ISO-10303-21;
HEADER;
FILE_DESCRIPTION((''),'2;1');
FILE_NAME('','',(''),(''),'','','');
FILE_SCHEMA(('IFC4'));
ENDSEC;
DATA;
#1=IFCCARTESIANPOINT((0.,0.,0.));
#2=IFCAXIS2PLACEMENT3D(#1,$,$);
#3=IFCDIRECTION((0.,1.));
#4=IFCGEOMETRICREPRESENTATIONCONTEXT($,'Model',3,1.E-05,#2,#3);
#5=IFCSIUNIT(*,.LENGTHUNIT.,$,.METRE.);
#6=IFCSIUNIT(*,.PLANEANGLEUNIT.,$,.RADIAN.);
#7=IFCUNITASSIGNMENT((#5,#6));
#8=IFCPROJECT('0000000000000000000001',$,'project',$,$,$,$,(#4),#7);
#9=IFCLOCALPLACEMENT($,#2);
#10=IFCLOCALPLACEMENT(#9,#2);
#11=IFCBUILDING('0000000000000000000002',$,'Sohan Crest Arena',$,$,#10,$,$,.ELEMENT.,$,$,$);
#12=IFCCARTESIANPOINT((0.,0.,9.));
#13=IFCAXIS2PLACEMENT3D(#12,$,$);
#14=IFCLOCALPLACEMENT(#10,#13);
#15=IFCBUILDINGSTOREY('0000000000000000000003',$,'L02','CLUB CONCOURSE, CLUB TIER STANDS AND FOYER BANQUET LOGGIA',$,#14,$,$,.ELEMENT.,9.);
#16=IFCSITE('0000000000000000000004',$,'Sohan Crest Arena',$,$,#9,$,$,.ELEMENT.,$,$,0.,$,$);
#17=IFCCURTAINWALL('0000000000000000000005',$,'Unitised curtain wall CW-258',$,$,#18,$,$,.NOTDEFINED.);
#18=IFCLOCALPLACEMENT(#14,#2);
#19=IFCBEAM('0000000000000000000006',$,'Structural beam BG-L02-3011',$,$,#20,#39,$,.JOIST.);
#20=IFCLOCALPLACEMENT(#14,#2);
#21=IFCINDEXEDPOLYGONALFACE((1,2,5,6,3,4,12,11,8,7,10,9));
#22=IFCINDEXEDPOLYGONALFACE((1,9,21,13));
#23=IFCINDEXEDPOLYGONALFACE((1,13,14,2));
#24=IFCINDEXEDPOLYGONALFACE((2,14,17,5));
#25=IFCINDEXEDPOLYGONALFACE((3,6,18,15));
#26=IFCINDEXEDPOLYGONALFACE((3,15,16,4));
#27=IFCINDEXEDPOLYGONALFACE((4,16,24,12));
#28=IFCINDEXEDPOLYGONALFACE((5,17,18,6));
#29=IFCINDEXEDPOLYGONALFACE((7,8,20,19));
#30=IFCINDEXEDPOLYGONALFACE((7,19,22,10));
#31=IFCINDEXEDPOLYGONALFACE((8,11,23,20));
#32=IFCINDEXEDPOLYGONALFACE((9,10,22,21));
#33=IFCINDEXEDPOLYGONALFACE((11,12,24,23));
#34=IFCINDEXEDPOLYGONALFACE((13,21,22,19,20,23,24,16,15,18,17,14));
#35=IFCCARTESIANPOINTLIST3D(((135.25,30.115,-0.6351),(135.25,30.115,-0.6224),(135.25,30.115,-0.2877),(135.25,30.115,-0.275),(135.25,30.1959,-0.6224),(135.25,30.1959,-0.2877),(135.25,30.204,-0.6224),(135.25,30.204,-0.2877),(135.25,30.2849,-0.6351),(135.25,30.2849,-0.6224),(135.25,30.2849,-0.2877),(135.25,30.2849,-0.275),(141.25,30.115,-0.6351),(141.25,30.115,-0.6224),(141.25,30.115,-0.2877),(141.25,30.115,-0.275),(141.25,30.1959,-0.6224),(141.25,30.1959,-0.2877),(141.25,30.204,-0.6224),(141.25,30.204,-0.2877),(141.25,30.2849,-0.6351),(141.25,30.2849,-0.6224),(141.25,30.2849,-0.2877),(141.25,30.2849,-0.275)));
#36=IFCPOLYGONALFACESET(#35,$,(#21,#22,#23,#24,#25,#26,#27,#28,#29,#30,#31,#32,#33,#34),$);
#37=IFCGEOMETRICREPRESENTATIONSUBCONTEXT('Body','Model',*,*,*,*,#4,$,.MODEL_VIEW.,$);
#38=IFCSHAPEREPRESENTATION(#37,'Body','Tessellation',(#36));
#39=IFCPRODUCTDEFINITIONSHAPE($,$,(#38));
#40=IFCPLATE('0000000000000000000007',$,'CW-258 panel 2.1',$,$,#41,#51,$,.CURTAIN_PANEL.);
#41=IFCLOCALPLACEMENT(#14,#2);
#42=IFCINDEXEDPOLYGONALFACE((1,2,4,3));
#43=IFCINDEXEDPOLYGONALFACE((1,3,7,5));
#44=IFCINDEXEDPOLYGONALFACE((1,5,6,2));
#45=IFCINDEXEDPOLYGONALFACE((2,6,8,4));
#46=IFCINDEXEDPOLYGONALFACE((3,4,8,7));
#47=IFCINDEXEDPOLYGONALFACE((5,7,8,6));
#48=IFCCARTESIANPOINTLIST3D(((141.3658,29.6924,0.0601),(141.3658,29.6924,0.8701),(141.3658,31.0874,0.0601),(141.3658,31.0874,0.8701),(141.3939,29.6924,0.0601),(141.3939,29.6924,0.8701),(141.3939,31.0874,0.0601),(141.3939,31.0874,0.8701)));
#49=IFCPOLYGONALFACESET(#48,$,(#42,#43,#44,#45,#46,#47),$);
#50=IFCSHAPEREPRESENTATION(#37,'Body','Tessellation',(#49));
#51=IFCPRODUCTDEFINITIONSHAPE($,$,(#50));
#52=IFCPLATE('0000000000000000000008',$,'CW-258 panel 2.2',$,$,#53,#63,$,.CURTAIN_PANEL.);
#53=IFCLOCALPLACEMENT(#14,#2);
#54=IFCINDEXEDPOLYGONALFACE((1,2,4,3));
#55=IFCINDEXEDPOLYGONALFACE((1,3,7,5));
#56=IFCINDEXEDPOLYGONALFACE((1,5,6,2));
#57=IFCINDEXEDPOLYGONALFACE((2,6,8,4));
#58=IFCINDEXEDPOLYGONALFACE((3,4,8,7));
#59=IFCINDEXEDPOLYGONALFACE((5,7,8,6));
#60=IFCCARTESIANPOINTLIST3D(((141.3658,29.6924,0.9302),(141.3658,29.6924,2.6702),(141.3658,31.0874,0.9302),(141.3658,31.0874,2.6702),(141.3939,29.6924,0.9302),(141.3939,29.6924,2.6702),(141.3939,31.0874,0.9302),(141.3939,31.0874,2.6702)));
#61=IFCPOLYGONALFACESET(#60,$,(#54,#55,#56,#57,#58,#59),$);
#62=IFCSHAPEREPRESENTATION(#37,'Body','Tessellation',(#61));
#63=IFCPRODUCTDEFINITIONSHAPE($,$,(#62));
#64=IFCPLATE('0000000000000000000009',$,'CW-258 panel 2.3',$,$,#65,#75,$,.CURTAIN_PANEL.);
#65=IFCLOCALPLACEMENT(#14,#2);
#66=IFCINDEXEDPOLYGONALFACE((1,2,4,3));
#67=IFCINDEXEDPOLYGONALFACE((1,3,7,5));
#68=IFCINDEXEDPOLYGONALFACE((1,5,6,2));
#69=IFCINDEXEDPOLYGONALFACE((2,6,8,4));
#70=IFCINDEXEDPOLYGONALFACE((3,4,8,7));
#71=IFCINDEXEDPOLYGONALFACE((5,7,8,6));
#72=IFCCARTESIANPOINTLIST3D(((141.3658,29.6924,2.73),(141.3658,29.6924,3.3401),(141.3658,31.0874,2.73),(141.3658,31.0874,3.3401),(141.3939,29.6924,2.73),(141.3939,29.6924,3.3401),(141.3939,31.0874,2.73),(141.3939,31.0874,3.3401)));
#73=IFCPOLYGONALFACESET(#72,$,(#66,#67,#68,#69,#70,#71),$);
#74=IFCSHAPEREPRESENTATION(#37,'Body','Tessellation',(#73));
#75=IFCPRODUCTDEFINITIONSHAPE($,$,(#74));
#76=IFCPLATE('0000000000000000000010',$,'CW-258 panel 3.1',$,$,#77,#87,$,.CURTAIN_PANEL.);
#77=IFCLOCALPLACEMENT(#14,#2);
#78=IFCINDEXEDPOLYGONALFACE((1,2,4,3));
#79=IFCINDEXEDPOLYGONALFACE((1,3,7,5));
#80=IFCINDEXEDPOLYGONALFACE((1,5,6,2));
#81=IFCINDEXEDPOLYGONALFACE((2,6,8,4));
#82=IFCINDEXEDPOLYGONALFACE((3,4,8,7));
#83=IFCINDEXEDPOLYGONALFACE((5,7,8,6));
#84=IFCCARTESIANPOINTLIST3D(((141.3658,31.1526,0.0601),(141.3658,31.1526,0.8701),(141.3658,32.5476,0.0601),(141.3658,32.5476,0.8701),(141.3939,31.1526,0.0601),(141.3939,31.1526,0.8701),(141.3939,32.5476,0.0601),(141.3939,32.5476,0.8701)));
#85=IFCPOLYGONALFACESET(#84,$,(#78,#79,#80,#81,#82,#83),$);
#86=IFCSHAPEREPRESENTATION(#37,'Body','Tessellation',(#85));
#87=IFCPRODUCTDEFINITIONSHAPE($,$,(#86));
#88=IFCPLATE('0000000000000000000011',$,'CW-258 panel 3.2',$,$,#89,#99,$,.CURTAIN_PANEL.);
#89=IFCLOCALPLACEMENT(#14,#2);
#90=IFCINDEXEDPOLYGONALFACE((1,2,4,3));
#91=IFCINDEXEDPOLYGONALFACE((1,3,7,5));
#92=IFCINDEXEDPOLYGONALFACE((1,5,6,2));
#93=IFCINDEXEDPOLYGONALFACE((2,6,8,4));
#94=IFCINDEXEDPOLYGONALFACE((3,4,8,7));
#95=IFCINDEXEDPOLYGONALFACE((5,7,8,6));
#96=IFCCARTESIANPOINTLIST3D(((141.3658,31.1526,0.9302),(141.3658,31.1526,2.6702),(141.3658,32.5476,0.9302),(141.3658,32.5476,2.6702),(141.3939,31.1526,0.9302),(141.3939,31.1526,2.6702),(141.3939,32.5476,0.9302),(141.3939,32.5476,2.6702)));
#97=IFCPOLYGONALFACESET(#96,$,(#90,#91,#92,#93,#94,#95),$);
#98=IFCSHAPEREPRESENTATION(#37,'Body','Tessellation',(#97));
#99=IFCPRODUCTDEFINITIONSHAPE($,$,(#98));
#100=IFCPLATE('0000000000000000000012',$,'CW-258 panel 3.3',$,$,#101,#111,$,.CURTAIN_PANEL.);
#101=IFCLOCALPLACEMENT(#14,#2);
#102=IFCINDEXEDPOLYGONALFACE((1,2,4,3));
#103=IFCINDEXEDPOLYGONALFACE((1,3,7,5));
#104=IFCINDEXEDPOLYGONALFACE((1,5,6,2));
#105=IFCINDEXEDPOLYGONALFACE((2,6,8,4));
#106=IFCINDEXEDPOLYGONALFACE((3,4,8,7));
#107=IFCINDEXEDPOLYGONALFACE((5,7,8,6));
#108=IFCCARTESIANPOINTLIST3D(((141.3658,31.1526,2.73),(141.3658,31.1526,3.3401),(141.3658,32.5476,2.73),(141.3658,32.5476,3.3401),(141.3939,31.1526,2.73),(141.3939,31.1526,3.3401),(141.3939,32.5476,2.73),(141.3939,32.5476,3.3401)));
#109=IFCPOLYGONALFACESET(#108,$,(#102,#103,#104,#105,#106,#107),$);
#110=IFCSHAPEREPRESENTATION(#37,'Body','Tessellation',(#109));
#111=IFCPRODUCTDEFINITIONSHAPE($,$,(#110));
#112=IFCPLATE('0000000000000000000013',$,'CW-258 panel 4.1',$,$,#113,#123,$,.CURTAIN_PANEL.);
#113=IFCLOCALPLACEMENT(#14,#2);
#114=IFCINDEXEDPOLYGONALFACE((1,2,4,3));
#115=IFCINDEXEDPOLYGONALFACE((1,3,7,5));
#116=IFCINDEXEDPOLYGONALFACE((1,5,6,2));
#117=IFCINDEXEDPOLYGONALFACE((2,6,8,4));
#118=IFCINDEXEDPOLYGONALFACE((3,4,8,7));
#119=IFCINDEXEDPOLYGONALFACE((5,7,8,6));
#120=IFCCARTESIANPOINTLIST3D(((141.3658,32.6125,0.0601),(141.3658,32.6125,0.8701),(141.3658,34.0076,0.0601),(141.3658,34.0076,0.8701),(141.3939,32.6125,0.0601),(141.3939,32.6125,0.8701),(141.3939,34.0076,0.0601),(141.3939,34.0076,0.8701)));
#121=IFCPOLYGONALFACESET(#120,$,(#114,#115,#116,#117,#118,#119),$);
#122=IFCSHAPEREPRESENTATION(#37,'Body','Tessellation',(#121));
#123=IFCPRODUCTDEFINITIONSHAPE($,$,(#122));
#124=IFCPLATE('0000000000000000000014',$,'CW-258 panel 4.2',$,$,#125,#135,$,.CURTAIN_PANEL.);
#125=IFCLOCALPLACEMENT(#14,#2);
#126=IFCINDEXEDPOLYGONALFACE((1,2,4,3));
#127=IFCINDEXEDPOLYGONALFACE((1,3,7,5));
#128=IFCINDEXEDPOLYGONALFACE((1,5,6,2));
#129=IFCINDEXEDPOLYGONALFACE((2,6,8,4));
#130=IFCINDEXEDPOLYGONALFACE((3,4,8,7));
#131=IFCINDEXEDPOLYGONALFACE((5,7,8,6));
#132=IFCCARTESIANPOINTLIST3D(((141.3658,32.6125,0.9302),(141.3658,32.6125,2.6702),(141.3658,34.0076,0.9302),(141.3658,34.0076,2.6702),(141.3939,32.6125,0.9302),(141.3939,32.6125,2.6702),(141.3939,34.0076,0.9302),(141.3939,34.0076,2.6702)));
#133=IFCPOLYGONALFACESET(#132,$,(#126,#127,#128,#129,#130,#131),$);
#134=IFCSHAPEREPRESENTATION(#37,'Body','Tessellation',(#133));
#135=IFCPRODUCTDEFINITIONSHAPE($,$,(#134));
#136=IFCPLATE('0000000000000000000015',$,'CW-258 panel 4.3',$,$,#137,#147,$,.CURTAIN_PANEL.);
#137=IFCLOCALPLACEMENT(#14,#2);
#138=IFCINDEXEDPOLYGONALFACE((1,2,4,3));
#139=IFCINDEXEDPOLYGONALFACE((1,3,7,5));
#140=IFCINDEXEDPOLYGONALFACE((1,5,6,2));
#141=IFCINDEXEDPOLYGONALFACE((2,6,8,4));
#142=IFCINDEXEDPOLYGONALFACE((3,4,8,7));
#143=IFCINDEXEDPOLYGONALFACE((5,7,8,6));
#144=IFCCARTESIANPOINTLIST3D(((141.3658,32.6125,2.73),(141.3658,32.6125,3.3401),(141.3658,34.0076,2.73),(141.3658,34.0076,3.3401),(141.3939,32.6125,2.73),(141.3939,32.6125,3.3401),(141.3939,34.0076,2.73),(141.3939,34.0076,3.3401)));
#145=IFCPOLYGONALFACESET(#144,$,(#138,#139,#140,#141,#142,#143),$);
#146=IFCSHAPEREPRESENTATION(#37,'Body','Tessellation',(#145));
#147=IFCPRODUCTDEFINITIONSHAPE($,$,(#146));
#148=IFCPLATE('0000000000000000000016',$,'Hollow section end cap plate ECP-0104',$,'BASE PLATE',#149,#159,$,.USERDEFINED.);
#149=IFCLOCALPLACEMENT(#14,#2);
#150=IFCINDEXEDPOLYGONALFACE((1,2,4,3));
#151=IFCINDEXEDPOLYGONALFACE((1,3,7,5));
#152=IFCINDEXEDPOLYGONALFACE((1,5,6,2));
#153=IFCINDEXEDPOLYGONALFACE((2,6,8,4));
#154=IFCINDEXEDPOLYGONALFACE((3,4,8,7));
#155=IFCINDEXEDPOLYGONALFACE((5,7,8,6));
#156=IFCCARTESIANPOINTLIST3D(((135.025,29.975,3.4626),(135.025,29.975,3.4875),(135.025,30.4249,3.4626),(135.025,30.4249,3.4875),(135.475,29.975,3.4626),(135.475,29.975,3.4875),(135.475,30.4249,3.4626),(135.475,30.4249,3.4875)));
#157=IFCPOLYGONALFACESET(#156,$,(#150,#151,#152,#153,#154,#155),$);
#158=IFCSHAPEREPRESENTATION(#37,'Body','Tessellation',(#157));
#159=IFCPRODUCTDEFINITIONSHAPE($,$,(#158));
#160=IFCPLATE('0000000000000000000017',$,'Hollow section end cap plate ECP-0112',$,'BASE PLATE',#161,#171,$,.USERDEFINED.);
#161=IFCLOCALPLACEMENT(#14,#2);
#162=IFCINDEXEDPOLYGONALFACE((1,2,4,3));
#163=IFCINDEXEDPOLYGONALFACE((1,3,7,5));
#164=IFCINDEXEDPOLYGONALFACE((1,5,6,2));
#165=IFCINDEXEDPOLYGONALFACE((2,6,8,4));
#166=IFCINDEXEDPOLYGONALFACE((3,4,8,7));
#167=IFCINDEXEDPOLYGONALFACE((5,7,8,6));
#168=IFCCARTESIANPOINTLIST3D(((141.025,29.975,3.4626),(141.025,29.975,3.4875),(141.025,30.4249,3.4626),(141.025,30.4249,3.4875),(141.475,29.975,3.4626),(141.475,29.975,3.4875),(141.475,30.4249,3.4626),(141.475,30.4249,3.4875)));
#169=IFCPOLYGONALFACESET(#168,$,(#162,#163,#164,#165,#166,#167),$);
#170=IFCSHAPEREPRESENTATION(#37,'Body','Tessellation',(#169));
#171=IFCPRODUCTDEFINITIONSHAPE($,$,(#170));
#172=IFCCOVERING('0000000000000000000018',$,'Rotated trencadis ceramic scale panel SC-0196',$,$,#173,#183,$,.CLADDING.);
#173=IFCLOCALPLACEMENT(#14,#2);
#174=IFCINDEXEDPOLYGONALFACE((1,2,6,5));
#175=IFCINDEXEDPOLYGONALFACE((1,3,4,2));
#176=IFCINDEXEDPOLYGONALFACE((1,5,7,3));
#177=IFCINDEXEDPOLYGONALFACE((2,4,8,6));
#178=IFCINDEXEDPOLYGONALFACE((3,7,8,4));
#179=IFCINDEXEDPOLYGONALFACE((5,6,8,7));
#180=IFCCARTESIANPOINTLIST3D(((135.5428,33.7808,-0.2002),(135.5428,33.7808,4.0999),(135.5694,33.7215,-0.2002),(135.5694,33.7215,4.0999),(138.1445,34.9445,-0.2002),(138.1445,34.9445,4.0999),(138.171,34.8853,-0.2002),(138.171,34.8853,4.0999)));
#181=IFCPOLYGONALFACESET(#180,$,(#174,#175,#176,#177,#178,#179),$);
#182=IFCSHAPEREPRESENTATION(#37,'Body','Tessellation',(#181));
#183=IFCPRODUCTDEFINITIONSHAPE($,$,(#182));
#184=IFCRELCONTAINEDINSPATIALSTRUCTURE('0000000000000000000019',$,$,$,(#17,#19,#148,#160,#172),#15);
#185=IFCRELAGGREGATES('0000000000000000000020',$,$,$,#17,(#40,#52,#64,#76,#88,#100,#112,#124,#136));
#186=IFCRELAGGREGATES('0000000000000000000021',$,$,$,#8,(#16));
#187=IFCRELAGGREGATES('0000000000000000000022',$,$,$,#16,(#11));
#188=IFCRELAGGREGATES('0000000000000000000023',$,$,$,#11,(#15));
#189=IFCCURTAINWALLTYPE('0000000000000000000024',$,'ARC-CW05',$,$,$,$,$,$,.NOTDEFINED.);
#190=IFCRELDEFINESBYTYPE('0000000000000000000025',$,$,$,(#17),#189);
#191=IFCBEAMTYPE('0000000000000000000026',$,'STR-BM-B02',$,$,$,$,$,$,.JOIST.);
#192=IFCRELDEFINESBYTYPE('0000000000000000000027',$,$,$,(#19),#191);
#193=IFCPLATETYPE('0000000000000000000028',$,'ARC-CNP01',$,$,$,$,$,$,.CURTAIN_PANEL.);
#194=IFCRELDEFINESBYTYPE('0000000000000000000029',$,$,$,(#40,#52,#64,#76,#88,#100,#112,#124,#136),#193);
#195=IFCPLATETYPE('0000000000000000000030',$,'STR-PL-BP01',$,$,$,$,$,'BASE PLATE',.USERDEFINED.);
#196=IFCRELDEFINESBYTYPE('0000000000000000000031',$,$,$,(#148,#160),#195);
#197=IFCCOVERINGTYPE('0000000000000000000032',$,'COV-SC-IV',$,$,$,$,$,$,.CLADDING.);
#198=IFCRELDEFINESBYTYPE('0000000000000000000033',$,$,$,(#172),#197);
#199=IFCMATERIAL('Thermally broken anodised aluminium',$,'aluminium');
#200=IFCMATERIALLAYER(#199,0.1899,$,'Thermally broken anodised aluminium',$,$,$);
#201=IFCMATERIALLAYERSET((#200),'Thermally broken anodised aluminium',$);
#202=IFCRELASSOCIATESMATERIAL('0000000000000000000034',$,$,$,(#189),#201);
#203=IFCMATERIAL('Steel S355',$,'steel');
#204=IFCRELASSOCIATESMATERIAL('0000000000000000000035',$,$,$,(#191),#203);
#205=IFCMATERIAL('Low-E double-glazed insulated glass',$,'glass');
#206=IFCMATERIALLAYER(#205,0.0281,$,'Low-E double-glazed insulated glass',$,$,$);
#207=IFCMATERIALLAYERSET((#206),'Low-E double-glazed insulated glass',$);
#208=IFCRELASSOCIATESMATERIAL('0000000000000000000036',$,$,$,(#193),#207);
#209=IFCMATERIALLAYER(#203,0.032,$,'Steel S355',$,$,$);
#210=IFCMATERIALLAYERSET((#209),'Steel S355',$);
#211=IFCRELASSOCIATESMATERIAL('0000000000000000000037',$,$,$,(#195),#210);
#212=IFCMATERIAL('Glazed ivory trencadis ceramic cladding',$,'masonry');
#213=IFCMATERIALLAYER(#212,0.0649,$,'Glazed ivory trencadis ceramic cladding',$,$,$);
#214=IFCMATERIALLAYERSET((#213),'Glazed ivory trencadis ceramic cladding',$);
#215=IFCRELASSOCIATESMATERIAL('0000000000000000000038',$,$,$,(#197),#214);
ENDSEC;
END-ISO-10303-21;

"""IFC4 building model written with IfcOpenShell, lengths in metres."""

from ifc_helpers import new_model, si_unit, direction, frame, origin, origin_2d, place, context, subcontext, project, spatial, rectangle, i_section, extrude, material, layer, layer_set, material_profile, profile_set, type_object, element, aggregate, save


model = new_model("IFC4")

# Units and contexts
model_context = context("Model", 3, precision=1e-05, world=origin(), true_north=direction((0.0, 1.0)))
body_context = subcontext(model_context, "Body", "Model", "MODEL_VIEW")
ifc_project = project(units=[si_unit("LENGTHUNIT", "METRE"), si_unit("PLANEANGLEUNIT", "RADIAN")], contexts=[model_context])

# Site, building, storey
site_placement = place(None, origin())
site = spatial("IfcSite", under=ifc_project, at=site_placement, Name="Sohan Crest Arena", CompositionType="ELEMENT", RefElevation=0.0)
building_placement = place(site_placement, origin())
building = spatial("IfcBuilding", under=site, at=building_placement, Name="Sohan Crest Arena", CompositionType="ELEMENT")
storey_placement = place(building_placement, frame((0.0, 0.0, 9.0)))
storey = spatial("IfcBuildingStorey", under=building, at=storey_placement, Name="L02", Description="CLUB CONCOURSE, CLUB TIER STANDS AND FOYER BANQUET LOGGIA", CompositionType="ELEMENT", Elevation=9.0)

# Shared definitions
ifc_material_1 = material(Name="Steel S355", Category="steel")

# Curtain wall
ifc_material_2 = material(Name="Thermally broken anodised aluminium", Category="aluminium")
ifc_layer_1 = layer(ifc_material_2, 0.1899, Name="Thermally broken anodised aluminium")
ifc_layer_set_1 = layer_set([ifc_layer_1], Name="Thermally broken anodised aluminium")
curtain_wall_type = type_object("IfcCurtainWallType", Name="ARC-CW05", PredefinedType="NOTDEFINED", material=ifc_layer_set_1)
curtain_wall_1_placement = place(storey_placement, origin())
curtain_wall_1 = element("IfcCurtainWall", 1, at=curtain_wall_1_placement, inside=storey, type_object=curtain_wall_type, Name="Unitised curtain wall CW-258", PredefinedType="NOTDEFINED")

# Beam
ifc_material_profile_1 = material_profile(ifc_material_1, i_section(OverallWidth=0.1699, OverallDepth=0.3601, WebThickness=0.0081, FlangeThickness=0.0127, at=origin_2d()), Name="IPE 360")
ifc_profile_set_1 = profile_set([ifc_material_profile_1], Name="Steel S355")
beam_type_1 = type_object("IfcBeamType", Name="STR-BM-B02", PredefinedType="JOIST", material=ifc_profile_set_1)
beam_1_placement = place(storey_placement, frame((135.25, 30.2, -0.4551), z_axis=(1.0, 0.0, 0.0), x_axis=(0.0, 1.0, 0.0)))
element("IfcBeam", 2, at=beam_1_placement, inside=storey, type_object=beam_type_1, Name="Structural beam BG-L02-3011", PredefinedType="JOIST", context=body_context, shape_type="SweptSolid", body=[
    extrude(i_section(OverallWidth=0.1699, OverallDepth=0.3601, WebThickness=0.0081, FlangeThickness=0.0127, at=origin_2d()), origin(), (0.0, 0.0, 1.0), 6.0),
])

# Plates
ifc_material_3 = material(Name="Low-E double-glazed insulated glass", Category="glass")
ifc_layer_2 = layer(ifc_material_3, 0.0281, Name="Low-E double-glazed insulated glass")
ifc_layer_set_2 = layer_set([ifc_layer_2], Name="Low-E double-glazed insulated glass")
plate_type_1 = type_object("IfcPlateType", Name="ARC-CNP01", PredefinedType="CURTAIN_PANEL", material=ifc_layer_set_2)
plate_1_placement = place(storey_placement, frame((141.3799, 30.3899, 0.0601), z_axis=(0.0, 0.0, 1.0), x_axis=(0.0, 1.0, 0.0)))
plate_1 = element("IfcPlate", 3, at=plate_1_placement, type_object=plate_type_1, Name="CW-258 panel 2.1", PredefinedType="CURTAIN_PANEL", context=body_context, shape_type="SweptSolid", body=[
    extrude(rectangle(XDim=1.395, YDim=0.0281, at=origin_2d()), origin(), (0.0, 0.0, 1.0), 0.8101),
])
plate_2_placement = place(storey_placement, frame((141.3799, 30.3899, 0.9302), z_axis=(0.0, 0.0, 1.0), x_axis=(0.0, 1.0, 0.0)))
plate_2 = element("IfcPlate", 4, at=plate_2_placement, type_object=plate_type_1, Name="CW-258 panel 2.2", PredefinedType="CURTAIN_PANEL", context=body_context, shape_type="SweptSolid", body=[
    extrude(rectangle(XDim=1.395, YDim=0.0281, at=origin_2d()), origin(), (0.0, 0.0, 1.0), 1.74),
])
plate_3_placement = place(storey_placement, frame((141.3799, 30.3899, 2.73), z_axis=(0.0, 0.0, 1.0), x_axis=(0.0, 1.0, 0.0)))
plate_3 = element("IfcPlate", 5, at=plate_3_placement, type_object=plate_type_1, Name="CW-258 panel 2.3", PredefinedType="CURTAIN_PANEL", context=body_context, shape_type="SweptSolid", body=[
    extrude(rectangle(XDim=1.395, YDim=0.0281, at=origin_2d()), origin(), (0.0, 0.0, 1.0), 0.6101),
])
plate_4_placement = place(storey_placement, frame((141.3799, 31.8501, 0.0601), z_axis=(0.0, 0.0, 1.0), x_axis=(0.0, 1.0, 0.0)))
plate_4 = element("IfcPlate", 6, at=plate_4_placement, type_object=plate_type_1, Name="CW-258 panel 3.1", PredefinedType="CURTAIN_PANEL", context=body_context, shape_type="SweptSolid", body=[
    extrude(rectangle(XDim=1.395, YDim=0.0281, at=origin_2d()), origin(), (0.0, 0.0, 1.0), 0.8101),
])
plate_5_placement = place(storey_placement, frame((141.3799, 31.8501, 0.9302), z_axis=(0.0, 0.0, 1.0), x_axis=(0.0, 1.0, 0.0)))
plate_5 = element("IfcPlate", 7, at=plate_5_placement, type_object=plate_type_1, Name="CW-258 panel 3.2", PredefinedType="CURTAIN_PANEL", context=body_context, shape_type="SweptSolid", body=[
    extrude(rectangle(XDim=1.395, YDim=0.0281, at=origin_2d()), origin(), (0.0, 0.0, 1.0), 1.74),
])
plate_6_placement = place(storey_placement, frame((141.3799, 31.8501, 2.73), z_axis=(0.0, 0.0, 1.0), x_axis=(0.0, 1.0, 0.0)))
plate_6 = element("IfcPlate", 8, at=plate_6_placement, type_object=plate_type_1, Name="CW-258 panel 3.3", PredefinedType="CURTAIN_PANEL", context=body_context, shape_type="SweptSolid", body=[
    extrude(rectangle(XDim=1.395, YDim=0.0281, at=origin_2d()), origin(), (0.0, 0.0, 1.0), 0.6101),
])
plate_7_placement = place(storey_placement, frame((141.3799, 33.3101, 0.0601), z_axis=(0.0, 0.0, 1.0), x_axis=(0.0, 1.0, 0.0)))
plate_7 = element("IfcPlate", 9, at=plate_7_placement, type_object=plate_type_1, Name="CW-258 panel 4.1", PredefinedType="CURTAIN_PANEL", context=body_context, shape_type="SweptSolid", body=[
    extrude(rectangle(XDim=1.395, YDim=0.0281, at=origin_2d()), origin(), (0.0, 0.0, 1.0), 0.8101),
])
plate_8_placement = place(storey_placement, frame((141.3799, 33.3101, 0.9302), z_axis=(0.0, 0.0, 1.0), x_axis=(0.0, 1.0, 0.0)))
plate_8 = element("IfcPlate", 10, at=plate_8_placement, type_object=plate_type_1, Name="CW-258 panel 4.2", PredefinedType="CURTAIN_PANEL", context=body_context, shape_type="SweptSolid", body=[
    extrude(rectangle(XDim=1.395, YDim=0.0281, at=origin_2d()), origin(), (0.0, 0.0, 1.0), 1.74),
])
plate_9_placement = place(storey_placement, frame((141.3799, 33.3101, 2.73), z_axis=(0.0, 0.0, 1.0), x_axis=(0.0, 1.0, 0.0)))
plate_9 = element("IfcPlate", 11, at=plate_9_placement, type_object=plate_type_1, Name="CW-258 panel 4.3", PredefinedType="CURTAIN_PANEL", context=body_context, shape_type="SweptSolid", body=[
    extrude(rectangle(XDim=1.395, YDim=0.0281, at=origin_2d()), origin(), (0.0, 0.0, 1.0), 0.6101),
])
aggregate(curtain_wall_1, [plate_1, plate_2, plate_3, plate_4, plate_5, plate_6, plate_7, plate_8, plate_9])

# Plates
ifc_layer_3 = layer(ifc_material_1, 0.032, Name="Steel S355")
ifc_layer_set_3 = layer_set([ifc_layer_3], Name="Steel S355")
plate_type_2 = type_object("IfcPlateType", Name="STR-PL-BP01", ElementType="BASE PLATE", PredefinedType="USERDEFINED", material=ifc_layer_set_3)
for number, where, z_axis, x_axis, name in (
    (12, (135.25, 30.2, 3.4626), (0.0, 0.0, 1.0), (1.0, 0.0, 0.0), "Hollow section end cap plate ECP-0104"),
    (13, (141.25, 30.2, 3.4626), (0.0, 0.0, 1.0), (1.0, 0.0, 0.0), "Hollow section end cap plate ECP-0112"),
):
    element("IfcPlate", number, at=place(storey_placement, frame(where, z_axis=z_axis, x_axis=x_axis)), inside=storey, type_object=plate_type_2, Name=name, ObjectType="BASE PLATE", PredefinedType="USERDEFINED", context=body_context, shape_type="SweptSolid", body=[
        extrude(rectangle(XDim=0.45, YDim=0.45, at=origin_2d()), origin(), (0.0, 0.0, 1.0), 0.0249),
    ])

# Covering
ifc_material_4 = material(Name="Glazed ivory trencadis ceramic cladding", Category="masonry")
ifc_layer_4 = layer(ifc_material_4, 0.0649, Name="Glazed ivory trencadis ceramic cladding")
ifc_layer_set_4 = layer_set([ifc_layer_4], Name="Glazed ivory trencadis ceramic cladding")
covering_type = type_object("IfcCoveringType", Name="COV-SC-IV", PredefinedType="CLADDING", material=ifc_layer_set_4)
covering_placement = place(storey_placement, frame((136.8569, 34.333, -0.2002), z_axis=(0.0, 0.0, 1.0), x_axis=(0.912834, 0.40833, 0.0)))
element("IfcCovering", 14, at=covering_placement, inside=storey, type_object=covering_type, Name="Rotated trencadis ceramic scale panel SC-0196", PredefinedType="CLADDING", context=body_context, shape_type="SweptSolid", body=[
    extrude(rectangle(XDim=2.8501, YDim=0.0649, at=origin_2d()), origin(), (0.0, 0.0, 1.0), 4.3),
])

save(model, "model.ifc")
